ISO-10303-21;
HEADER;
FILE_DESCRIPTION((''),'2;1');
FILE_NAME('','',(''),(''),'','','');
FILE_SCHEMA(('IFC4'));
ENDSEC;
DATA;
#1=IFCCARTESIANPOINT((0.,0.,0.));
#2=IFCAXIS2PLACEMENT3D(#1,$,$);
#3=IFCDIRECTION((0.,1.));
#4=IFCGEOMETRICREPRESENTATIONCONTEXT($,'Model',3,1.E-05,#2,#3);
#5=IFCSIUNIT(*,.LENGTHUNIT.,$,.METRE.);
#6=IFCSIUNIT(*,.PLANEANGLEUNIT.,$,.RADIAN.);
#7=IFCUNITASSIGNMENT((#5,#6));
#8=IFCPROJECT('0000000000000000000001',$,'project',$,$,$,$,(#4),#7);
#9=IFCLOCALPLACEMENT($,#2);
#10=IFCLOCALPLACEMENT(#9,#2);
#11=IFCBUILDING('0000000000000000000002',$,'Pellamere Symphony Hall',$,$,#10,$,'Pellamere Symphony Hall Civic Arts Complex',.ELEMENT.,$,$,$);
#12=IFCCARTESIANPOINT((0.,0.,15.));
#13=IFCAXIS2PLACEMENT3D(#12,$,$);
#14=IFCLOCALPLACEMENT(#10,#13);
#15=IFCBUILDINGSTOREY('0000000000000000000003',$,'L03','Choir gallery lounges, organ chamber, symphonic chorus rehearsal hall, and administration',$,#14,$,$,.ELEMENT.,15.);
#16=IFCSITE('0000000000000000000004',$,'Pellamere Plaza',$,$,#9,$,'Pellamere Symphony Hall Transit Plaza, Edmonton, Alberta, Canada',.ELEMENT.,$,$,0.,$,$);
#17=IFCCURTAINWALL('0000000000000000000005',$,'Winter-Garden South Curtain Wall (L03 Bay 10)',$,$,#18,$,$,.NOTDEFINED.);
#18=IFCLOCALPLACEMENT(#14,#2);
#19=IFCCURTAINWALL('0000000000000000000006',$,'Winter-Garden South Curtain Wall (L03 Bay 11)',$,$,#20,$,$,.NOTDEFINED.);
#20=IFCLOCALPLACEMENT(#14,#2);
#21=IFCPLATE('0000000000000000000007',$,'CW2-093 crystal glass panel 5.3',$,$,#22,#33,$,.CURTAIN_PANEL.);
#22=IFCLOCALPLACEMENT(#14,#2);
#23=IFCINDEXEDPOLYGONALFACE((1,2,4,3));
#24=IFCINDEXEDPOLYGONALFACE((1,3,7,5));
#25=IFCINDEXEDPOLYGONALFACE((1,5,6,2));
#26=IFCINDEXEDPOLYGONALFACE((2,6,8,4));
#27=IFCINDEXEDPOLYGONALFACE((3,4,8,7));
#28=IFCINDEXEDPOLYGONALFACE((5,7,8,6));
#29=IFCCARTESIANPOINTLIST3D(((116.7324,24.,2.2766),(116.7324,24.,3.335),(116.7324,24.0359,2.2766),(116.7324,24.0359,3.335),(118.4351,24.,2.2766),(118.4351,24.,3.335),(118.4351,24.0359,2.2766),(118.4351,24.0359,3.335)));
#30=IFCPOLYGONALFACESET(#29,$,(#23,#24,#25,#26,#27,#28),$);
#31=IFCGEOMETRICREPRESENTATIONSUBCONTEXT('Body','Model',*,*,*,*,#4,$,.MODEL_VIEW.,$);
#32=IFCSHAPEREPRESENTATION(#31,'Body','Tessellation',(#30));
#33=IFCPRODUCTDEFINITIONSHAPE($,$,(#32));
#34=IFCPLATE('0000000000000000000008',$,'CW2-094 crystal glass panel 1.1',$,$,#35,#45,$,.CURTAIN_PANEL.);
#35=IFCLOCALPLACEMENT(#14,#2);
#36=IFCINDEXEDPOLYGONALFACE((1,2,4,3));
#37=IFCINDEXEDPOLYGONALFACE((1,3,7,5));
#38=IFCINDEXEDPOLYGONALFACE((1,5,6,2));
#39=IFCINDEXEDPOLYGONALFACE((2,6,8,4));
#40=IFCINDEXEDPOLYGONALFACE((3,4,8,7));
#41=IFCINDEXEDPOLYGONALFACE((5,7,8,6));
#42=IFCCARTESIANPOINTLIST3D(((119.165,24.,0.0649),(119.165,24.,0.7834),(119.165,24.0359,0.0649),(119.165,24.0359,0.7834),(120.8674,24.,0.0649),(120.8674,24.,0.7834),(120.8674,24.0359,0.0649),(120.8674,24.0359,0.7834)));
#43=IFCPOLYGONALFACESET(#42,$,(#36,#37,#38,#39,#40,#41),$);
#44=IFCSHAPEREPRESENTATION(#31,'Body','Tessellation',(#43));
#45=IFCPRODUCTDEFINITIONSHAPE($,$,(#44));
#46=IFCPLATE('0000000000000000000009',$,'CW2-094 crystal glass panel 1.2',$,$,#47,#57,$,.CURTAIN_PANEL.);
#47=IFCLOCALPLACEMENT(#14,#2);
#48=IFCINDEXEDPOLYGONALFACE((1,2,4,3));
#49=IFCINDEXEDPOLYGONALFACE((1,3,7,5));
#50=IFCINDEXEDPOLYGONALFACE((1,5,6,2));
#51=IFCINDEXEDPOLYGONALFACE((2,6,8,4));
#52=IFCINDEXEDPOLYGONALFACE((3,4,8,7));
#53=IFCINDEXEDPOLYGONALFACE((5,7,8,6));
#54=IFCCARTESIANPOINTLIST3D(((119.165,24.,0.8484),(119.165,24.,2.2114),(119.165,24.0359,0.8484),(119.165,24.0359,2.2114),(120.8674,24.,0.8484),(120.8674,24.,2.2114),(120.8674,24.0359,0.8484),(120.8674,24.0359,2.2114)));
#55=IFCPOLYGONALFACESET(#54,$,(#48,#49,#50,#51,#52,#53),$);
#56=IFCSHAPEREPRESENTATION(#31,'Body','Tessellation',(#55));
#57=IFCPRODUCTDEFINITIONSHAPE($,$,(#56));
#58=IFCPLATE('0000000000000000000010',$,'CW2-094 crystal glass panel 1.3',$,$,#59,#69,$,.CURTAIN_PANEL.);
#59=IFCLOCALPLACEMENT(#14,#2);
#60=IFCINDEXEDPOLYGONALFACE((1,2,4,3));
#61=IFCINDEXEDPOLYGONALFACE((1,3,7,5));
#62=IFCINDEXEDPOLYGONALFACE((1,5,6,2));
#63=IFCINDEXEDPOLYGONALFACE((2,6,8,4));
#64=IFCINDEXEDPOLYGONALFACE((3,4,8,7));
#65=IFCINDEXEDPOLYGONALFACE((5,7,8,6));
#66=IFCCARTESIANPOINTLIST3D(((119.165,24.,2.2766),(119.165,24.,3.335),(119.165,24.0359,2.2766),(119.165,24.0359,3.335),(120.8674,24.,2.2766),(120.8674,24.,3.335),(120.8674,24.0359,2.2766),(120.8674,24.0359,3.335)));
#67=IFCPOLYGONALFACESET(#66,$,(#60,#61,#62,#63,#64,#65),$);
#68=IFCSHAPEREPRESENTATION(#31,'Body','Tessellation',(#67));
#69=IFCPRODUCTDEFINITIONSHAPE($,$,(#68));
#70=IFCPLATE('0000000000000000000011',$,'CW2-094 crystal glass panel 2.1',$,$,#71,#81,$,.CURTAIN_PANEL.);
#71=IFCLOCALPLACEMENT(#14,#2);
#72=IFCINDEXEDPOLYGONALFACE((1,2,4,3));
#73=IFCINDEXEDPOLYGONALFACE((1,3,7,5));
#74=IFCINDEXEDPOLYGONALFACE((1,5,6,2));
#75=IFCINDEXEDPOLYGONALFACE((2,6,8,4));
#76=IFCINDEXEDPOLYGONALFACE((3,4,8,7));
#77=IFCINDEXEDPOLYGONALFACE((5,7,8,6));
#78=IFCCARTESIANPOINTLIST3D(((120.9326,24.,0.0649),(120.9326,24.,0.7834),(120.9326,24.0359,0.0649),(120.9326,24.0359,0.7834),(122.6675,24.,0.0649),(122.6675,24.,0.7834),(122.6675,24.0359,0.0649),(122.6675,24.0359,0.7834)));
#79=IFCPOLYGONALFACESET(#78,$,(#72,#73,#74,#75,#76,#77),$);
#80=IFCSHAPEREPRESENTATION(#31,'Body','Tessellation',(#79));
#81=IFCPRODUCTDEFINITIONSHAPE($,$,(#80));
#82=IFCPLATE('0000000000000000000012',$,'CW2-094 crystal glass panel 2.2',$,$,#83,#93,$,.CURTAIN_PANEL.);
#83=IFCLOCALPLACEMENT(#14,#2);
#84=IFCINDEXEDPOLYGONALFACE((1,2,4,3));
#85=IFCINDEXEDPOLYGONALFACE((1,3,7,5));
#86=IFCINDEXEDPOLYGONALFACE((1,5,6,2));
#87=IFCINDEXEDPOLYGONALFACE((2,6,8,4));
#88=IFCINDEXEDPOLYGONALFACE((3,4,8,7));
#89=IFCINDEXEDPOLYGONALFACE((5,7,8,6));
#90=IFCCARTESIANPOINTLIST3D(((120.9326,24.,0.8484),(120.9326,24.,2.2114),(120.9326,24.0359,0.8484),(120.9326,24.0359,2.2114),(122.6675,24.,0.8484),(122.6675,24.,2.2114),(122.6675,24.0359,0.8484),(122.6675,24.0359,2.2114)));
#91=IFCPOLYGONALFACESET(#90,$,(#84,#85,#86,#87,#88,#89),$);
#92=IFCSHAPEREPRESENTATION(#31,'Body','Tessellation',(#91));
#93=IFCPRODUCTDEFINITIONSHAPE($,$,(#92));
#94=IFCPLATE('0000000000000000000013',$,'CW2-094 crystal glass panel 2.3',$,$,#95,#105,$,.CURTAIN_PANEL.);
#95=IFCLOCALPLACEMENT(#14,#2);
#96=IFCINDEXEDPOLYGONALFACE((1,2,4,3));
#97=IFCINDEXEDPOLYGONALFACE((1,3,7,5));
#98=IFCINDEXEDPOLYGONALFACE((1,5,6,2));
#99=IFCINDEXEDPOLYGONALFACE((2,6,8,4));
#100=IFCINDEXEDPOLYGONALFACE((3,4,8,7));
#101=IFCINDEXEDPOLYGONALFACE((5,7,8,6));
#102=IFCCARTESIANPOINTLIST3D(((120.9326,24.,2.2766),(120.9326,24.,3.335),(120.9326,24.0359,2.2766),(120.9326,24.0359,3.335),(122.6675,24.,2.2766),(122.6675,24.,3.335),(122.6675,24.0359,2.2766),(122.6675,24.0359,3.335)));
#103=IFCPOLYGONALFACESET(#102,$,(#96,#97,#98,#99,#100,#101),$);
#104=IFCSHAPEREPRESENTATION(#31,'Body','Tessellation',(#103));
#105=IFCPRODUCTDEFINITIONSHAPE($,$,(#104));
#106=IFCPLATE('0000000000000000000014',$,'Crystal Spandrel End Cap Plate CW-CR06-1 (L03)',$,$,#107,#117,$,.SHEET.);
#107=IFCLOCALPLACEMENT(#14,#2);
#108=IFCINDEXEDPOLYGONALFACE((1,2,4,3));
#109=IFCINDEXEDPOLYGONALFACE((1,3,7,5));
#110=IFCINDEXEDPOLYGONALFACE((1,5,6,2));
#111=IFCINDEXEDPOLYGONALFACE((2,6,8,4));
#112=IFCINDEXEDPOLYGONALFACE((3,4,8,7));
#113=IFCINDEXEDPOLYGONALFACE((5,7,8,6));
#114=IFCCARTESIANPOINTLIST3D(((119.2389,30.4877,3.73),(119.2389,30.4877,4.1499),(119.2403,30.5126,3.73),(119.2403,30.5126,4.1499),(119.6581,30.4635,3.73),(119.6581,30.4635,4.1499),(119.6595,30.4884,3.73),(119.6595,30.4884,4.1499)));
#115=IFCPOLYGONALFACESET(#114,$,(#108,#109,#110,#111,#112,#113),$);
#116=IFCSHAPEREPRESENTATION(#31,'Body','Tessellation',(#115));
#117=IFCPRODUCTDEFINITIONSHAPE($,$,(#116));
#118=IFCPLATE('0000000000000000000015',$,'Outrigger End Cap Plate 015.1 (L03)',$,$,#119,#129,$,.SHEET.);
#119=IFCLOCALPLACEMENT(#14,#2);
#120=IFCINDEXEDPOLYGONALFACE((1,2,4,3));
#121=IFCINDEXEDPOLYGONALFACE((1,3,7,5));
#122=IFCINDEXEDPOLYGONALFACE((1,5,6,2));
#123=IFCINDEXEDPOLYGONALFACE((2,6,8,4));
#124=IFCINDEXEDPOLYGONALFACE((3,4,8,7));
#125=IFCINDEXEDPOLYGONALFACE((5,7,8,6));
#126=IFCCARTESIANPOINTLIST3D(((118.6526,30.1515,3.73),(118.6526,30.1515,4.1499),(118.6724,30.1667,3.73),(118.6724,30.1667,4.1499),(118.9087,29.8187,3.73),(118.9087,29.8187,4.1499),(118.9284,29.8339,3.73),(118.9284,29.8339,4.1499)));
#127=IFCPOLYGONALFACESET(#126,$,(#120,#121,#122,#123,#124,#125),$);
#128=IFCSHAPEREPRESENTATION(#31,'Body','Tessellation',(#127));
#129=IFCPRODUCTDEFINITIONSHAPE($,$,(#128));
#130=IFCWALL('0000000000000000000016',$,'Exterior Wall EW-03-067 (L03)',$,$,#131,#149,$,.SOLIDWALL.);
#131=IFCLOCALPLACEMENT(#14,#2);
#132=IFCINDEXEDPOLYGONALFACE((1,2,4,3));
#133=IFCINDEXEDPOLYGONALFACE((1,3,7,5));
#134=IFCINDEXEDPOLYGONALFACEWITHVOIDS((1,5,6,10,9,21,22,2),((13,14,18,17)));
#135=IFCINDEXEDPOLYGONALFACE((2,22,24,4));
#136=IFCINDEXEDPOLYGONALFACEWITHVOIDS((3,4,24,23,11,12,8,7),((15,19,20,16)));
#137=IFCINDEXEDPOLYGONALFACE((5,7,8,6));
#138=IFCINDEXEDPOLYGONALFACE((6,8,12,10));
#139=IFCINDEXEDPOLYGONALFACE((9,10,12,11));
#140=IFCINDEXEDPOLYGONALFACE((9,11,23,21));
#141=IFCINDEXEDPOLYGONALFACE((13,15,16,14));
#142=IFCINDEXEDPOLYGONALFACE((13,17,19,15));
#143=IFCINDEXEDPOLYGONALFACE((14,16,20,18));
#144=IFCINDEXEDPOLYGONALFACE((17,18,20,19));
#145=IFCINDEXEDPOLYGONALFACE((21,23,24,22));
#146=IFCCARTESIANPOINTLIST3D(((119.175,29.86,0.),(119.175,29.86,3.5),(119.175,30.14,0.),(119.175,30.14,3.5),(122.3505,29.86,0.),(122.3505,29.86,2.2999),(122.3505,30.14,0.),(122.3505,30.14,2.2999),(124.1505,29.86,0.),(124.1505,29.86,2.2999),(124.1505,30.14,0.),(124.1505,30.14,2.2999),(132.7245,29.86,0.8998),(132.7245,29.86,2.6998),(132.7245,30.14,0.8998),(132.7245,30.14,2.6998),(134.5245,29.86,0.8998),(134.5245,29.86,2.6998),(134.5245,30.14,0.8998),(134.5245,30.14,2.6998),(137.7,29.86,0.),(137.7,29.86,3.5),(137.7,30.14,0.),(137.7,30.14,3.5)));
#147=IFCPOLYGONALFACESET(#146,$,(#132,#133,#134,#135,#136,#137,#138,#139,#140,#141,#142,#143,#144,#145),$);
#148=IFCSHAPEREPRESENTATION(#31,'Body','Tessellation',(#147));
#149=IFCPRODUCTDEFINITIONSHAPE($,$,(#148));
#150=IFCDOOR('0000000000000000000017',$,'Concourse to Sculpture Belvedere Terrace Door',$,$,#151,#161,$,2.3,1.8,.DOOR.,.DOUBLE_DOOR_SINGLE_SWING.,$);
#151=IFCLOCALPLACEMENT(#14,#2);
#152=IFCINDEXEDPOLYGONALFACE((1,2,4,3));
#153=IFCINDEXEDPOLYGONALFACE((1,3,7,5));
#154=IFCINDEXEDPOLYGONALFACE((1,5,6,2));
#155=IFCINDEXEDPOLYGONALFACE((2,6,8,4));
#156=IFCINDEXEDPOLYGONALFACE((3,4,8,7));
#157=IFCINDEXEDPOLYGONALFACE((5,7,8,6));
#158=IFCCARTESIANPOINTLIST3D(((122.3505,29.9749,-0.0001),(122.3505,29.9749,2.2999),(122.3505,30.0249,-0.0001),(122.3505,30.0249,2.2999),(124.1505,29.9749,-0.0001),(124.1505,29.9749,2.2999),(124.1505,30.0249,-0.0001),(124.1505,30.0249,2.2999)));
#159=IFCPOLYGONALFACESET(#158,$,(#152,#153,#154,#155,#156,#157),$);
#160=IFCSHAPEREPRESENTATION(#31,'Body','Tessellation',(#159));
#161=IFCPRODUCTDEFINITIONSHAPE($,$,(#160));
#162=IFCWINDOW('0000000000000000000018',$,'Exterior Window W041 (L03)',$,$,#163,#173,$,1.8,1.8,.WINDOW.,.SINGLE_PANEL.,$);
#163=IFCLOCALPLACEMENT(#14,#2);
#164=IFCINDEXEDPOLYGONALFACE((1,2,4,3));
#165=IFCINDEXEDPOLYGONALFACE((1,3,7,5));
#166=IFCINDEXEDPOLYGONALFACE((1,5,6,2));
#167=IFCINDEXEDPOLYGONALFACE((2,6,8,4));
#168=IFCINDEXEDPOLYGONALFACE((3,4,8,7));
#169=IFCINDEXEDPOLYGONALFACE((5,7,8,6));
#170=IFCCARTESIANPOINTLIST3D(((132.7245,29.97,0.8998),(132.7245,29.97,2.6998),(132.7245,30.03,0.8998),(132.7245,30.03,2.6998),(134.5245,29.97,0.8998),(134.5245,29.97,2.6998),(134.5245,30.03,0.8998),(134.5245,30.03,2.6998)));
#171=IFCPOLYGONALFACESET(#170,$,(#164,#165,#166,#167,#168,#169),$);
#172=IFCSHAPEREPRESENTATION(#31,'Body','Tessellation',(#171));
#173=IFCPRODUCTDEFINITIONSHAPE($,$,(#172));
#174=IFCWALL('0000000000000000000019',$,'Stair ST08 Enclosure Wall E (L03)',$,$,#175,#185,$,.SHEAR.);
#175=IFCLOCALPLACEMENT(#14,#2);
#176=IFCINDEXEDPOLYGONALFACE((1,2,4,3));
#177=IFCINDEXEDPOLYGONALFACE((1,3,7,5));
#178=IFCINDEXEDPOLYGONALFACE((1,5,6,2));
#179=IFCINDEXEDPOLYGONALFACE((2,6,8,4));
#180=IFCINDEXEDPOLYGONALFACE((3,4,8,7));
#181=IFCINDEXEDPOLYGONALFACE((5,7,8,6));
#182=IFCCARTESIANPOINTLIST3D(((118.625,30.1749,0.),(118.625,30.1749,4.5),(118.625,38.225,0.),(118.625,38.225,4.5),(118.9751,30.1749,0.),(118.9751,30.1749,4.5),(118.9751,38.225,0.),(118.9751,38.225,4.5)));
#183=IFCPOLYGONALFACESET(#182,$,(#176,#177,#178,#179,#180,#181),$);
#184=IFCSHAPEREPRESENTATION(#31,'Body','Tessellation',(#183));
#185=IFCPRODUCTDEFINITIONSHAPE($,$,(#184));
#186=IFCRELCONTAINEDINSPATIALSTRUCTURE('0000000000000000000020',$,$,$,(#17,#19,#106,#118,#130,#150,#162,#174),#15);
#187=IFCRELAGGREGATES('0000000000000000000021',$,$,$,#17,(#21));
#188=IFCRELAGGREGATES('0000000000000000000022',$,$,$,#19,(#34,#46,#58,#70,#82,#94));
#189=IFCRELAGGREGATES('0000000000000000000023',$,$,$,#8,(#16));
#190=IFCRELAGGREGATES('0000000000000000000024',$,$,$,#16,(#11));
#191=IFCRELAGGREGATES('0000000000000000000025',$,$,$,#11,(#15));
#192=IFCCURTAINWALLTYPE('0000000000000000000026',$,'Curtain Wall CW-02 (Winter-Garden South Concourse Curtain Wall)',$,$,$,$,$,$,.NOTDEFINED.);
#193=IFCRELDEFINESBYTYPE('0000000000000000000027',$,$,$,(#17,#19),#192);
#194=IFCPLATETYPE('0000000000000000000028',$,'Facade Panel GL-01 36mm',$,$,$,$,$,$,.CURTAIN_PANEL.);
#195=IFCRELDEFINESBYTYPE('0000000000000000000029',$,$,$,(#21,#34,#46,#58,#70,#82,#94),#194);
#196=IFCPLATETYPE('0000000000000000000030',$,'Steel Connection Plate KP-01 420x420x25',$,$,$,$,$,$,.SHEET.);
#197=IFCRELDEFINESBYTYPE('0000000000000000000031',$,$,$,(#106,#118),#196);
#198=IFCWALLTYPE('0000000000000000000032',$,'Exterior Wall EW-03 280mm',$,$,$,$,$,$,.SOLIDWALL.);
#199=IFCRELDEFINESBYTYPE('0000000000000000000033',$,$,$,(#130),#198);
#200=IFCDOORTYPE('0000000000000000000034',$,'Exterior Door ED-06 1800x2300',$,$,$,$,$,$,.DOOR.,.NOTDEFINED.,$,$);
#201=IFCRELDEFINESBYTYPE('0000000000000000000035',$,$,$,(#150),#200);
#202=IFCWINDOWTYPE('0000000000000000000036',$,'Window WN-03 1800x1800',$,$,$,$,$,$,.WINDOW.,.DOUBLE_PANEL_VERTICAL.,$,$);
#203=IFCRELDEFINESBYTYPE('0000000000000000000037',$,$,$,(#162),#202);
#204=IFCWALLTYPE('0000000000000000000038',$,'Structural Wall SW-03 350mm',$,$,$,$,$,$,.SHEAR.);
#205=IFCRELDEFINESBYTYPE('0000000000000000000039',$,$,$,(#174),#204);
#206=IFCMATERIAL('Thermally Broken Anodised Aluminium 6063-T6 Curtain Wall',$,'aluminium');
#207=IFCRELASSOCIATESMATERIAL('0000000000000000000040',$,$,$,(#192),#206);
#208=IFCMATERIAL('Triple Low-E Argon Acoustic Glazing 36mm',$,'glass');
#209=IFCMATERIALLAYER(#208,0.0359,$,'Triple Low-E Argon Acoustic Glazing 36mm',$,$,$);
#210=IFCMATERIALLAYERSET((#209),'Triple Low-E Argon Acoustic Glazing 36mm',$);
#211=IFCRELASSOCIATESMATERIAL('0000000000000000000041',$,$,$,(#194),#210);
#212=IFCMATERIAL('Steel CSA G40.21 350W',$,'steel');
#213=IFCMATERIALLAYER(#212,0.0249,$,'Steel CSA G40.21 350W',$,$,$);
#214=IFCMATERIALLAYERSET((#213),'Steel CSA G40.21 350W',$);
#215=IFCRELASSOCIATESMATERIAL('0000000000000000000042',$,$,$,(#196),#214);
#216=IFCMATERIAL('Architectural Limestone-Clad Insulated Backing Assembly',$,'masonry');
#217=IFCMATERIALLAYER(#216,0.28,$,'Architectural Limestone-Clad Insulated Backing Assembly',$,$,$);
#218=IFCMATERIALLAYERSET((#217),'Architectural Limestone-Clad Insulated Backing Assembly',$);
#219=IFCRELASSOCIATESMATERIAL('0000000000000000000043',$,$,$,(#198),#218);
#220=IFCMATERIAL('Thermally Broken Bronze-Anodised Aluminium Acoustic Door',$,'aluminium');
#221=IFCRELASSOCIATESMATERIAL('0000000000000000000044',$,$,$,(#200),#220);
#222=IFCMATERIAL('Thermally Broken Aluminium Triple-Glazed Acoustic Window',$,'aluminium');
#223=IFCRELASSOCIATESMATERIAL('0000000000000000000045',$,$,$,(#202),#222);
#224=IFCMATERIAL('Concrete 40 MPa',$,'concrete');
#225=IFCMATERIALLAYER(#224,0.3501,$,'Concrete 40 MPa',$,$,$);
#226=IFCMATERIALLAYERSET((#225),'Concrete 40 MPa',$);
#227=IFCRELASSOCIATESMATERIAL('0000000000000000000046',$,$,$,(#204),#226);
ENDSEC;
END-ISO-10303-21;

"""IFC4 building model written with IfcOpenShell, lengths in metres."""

from ifc_helpers import new_model, si_unit, direction, frame, frame_2d, origin, origin_2d, place, context, subcontext, project, spatial, polyline, rectangle, outline, extrude, material, layer, layer_set, type_object, element, fill, aggregate, save


model = new_model("IFC4")

# Units and contexts
model_context = context("Model", 3, precision=1e-05, world=origin(), true_north=direction((0.0, 1.0)))
body_context = subcontext(model_context, "Body", "Model", "MODEL_VIEW")
ifc_project = project(units=[si_unit("LENGTHUNIT", "METRE"), si_unit("PLANEANGLEUNIT", "RADIAN")], contexts=[model_context])

# Site, building, storey
site_placement = place(None, origin())
site = spatial("IfcSite", under=ifc_project, at=site_placement, Name="Pellamere Plaza", LongName="Pellamere Symphony Hall Transit Plaza, Edmonton, Alberta, Canada", CompositionType="ELEMENT", RefElevation=0.0)
building_placement = place(site_placement, origin())
building = spatial("IfcBuilding", under=site, at=building_placement, Name="Pellamere Symphony Hall", LongName="Pellamere Symphony Hall Civic Arts Complex", CompositionType="ELEMENT")
storey_placement = place(building_placement, frame((0.0, 0.0, 15.0)))
storey = spatial("IfcBuildingStorey", under=building, at=storey_placement, Name="L03", Description="Choir gallery lounges, organ chamber, symphonic chorus rehearsal hall, and administration", CompositionType="ELEMENT", Elevation=15.0)

# Shared definitions
ifc_material_1 = material(Name="Concrete 40 MPa", Category="concrete")

# Curtain wall
ifc_material_2 = material(Name="Thermally Broken Anodised Aluminium 6063-T6 Curtain Wall", Category="aluminium")
curtain_wall_type = type_object("IfcCurtainWallType", Name="Curtain Wall CW-02 (Winter-Garden South Concourse Curtain Wall)", PredefinedType="NOTDEFINED", material=ifc_material_2)
curtain_wall_1_placement = place(storey_placement, origin())
curtain_wall_1 = element("IfcCurtainWall", 1, at=curtain_wall_1_placement, inside=storey, type_object=curtain_wall_type, Name="Winter-Garden South Curtain Wall (L03 Bay 10)", PredefinedType="NOTDEFINED")

# Curtain wall
curtain_wall_2_placement = place(storey_placement, origin())
curtain_wall_2 = element("IfcCurtainWall", 2, at=curtain_wall_2_placement, inside=storey, type_object=curtain_wall_type, Name="Winter-Garden South Curtain Wall (L03 Bay 11)", PredefinedType="NOTDEFINED")

# Shared definitions
ifc_material_3 = material(Name="Steel CSA G40.21 350W", Category="steel")

# Plates
ifc_material_4 = material(Name="Triple Low-E Argon Acoustic Glazing 36mm", Category="glass")
ifc_layer_1 = layer(ifc_material_4, 0.0359, Name="Triple Low-E Argon Acoustic Glazing 36mm")
ifc_layer_set_1 = layer_set([ifc_layer_1], Name="Triple Low-E Argon Acoustic Glazing 36mm")
plate_type_1 = type_object("IfcPlateType", Name="Facade Panel GL-01 36mm", PredefinedType="CURTAIN_PANEL", material=ifc_layer_set_1)
plate_1_placement = place(storey_placement, frame((116.7324, 24.0, 2.2766), z_axis=(0.0, -1.0, 0.0), x_axis=(1.0, 0.0, 0.0)))
plate_1 = element("IfcPlate", 3, at=plate_1_placement, type_object=plate_type_1, Name="CW2-093 crystal glass panel 5.3", PredefinedType="CURTAIN_PANEL", context=body_context, shape_type="SweptSolid", body=[
    extrude(outline(polyline([(0.0, 0.0), (1.7026, 0.0), (1.7026, 1.0583), (0.0, 1.0583), (0.0, 0.0)])), origin(), (0.0, 0.0, -1.0), 0.0359),
])
aggregate(curtain_wall_1, [plate_1])
plate_2_placement = place(storey_placement, frame((119.165, 24.0, 0.0649), z_axis=(0.0, -1.0, 0.0), x_axis=(1.0, 0.0, 0.0)))
plate_2 = element("IfcPlate", 4, at=plate_2_placement, type_object=plate_type_1, Name="CW2-094 crystal glass panel 1.1", PredefinedType="CURTAIN_PANEL", context=body_context, shape_type="SweptSolid", body=[
    extrude(outline(polyline([(0.0, 0.0), (1.7024, 0.0), (1.7024, 0.7185), (0.0, 0.7185), (0.0, 0.0)])), origin(), (0.0, 0.0, -1.0), 0.0359),
])
plate_3_placement = place(storey_placement, frame((119.165, 24.0, 0.8484), z_axis=(0.0, -1.0, 0.0), x_axis=(1.0, 0.0, 0.0)))
plate_3 = element("IfcPlate", 5, at=plate_3_placement, type_object=plate_type_1, Name="CW2-094 crystal glass panel 1.2", PredefinedType="CURTAIN_PANEL", context=body_context, shape_type="SweptSolid", body=[
    extrude(outline(polyline([(0.0, 0.0), (1.7024, 0.0), (1.7024, 1.363), (0.0, 1.363), (0.0, 0.0)])), origin(), (0.0, 0.0, -1.0), 0.0359),
])
plate_4_placement = place(storey_placement, frame((119.165, 24.0, 2.2766), z_axis=(0.0, -1.0, 0.0), x_axis=(1.0, 0.0, 0.0)))
plate_4 = element("IfcPlate", 6, at=plate_4_placement, type_object=plate_type_1, Name="CW2-094 crystal glass panel 1.3", PredefinedType="CURTAIN_PANEL", context=body_context, shape_type="SweptSolid", body=[
    extrude(outline(polyline([(0.0, 0.0), (1.7024, 0.0), (1.7024, 1.0583), (0.0, 1.0583), (0.0, 0.0)])), origin(), (0.0, 0.0, -1.0), 0.0359),
])
plate_5_placement = place(storey_placement, frame((120.9326, 24.0, 0.0649), z_axis=(0.0, -1.0, 0.0), x_axis=(1.0, 0.0, 0.0)))
plate_5 = element("IfcPlate", 7, at=plate_5_placement, type_object=plate_type_1, Name="CW2-094 crystal glass panel 2.1", PredefinedType="CURTAIN_PANEL", context=body_context, shape_type="SweptSolid", body=[
    extrude(outline(polyline([(0.0, 0.0), (1.7349, 0.0), (1.7349, 0.7185), (0.0, 0.7185), (0.0, 0.0)])), origin(), (0.0, 0.0, -1.0), 0.0359),
])
plate_6_placement = place(storey_placement, frame((120.9326, 24.0, 0.8484), z_axis=(0.0, -1.0, 0.0), x_axis=(1.0, 0.0, 0.0)))
plate_6 = element("IfcPlate", 8, at=plate_6_placement, type_object=plate_type_1, Name="CW2-094 crystal glass panel 2.2", PredefinedType="CURTAIN_PANEL", context=body_context, shape_type="SweptSolid", body=[
    extrude(outline(polyline([(0.0, 0.0), (1.7349, 0.0), (1.7349, 1.363), (0.0, 1.363), (0.0, 0.0)])), origin(), (0.0, 0.0, -1.0), 0.0359),
])
plate_7_placement = place(storey_placement, frame((120.9326, 24.0, 2.2766), z_axis=(0.0, -1.0, 0.0), x_axis=(1.0, 0.0, 0.0)))
plate_7 = element("IfcPlate", 9, at=plate_7_placement, type_object=plate_type_1, Name="CW2-094 crystal glass panel 2.3", PredefinedType="CURTAIN_PANEL", context=body_context, shape_type="SweptSolid", body=[
    extrude(outline(polyline([(0.0, 0.0), (1.7349, 0.0), (1.7349, 1.0583), (0.0, 1.0583), (0.0, 0.0)])), origin(), (0.0, 0.0, -1.0), 0.0359),
])
aggregate(curtain_wall_2, [plate_2, plate_3, plate_4, plate_5, plate_6, plate_7])

# Plates
ifc_layer_2 = layer(ifc_material_3, 0.0249, Name="Steel CSA G40.21 350W")
ifc_layer_set_2 = layer_set([ifc_layer_2], Name="Steel CSA G40.21 350W")
plate_type_2 = type_object("IfcPlateType", Name="Steel Connection Plate KP-01 420x420x25", PredefinedType="SHEET", material=ifc_layer_set_2)
for number, where, z_axis, x_axis, name in (
    (10, (119.4492, 30.488, 3.73), (0.0, 0.0, 1.0), (0.057564, 0.998342, 0.0), "Crystal Spandrel End Cap Plate CW-CR06-1 (L03)"),
    (11, (118.7905, 29.9927, 3.73), (0.0, 0.0, 1.0), (0.792609, 0.60973, 0.0), "Outrigger End Cap Plate 015.1 (L03)"),
):
    element("IfcPlate", number, at=place(storey_placement, frame(where, z_axis=z_axis, x_axis=x_axis)), inside=storey, type_object=plate_type_2, Name=name, PredefinedType="SHEET", context=body_context, shape_type="SweptSolid", body=[
        extrude(rectangle(XDim=0.0249, YDim=0.4199, at=origin_2d()), origin(), (0.0, 0.0, 1.0), 0.4199),
    ])

# Wall, openings, door, window
ifc_material_5 = material(Name="Architectural Limestone-Clad Insulated Backing Assembly", Category="masonry")
ifc_layer_3 = layer(ifc_material_5, 0.28, Name="Architectural Limestone-Clad Insulated Backing Assembly")
ifc_layer_set_3 = layer_set([ifc_layer_3], Name="Architectural Limestone-Clad Insulated Backing Assembly")
wall_type_1 = type_object("IfcWallType", Name="Exterior Wall EW-03 280mm", PredefinedType="SOLIDWALL", material=ifc_layer_set_3)
wall_1_placement = place(storey_placement, frame((119.175, 30.0, 0.0), z_axis=(0.0, 0.0, 1.0), x_axis=(1.0, 0.0, 0.0)))
wall_1 = element("IfcWall", 12, at=wall_1_placement, inside=storey, type_object=wall_type_1, Name="Exterior Wall EW-03-067 (L03)", PredefinedType="SOLIDWALL", context=body_context, shape_type="SweptSolid", body=[
    extrude(rectangle(XDim=18.5249, YDim=0.28, at=frame_2d((9.2625, 0.0))), origin(), (0.0, 0.0, 1.0), 3.5),
])
opening_1_placement = place(wall_1_placement, frame((13.5496, 0.0, 0.8999)))
opening_1 = element("IfcOpeningElement", 13, at=opening_1_placement, cuts=wall_1, PredefinedType="OPENING", context=body_context, shape_type="SweptSolid", body=[
    extrude(rectangle(XDim=1.8, YDim=1.8, at=frame_2d((0.8999, 0.8999))), frame((0.0, 0.1499, 0.0), z_axis=(0.0, -1.0, 0.0), x_axis=(1.0, 0.0, 0.0)), (0.0, 0.0, 1.0), 0.3),
])
opening_2_placement = place(wall_1_placement, frame((3.1755, 0.0, 0.0)))
opening_2 = element("IfcOpeningElement", 14, at=opening_2_placement, cuts=wall_1, PredefinedType="OPENING", context=body_context, shape_type="SweptSolid", body=[
    extrude(rectangle(XDim=1.8, YDim=2.3, at=frame_2d((0.8999, 1.1499))), frame((0.0, 0.1499, 0.0), z_axis=(0.0, -1.0, 0.0), x_axis=(1.0, 0.0, 0.0)), (0.0, 0.0, 1.0), 0.3),
])
ifc_material_6 = material(Name="Thermally Broken Bronze-Anodised Aluminium Acoustic Door", Category="aluminium")
door_type = type_object("IfcDoorType", Name="Exterior Door ED-06 1800x2300", OperationType="NOTDEFINED", PredefinedType="DOOR", material=ifc_material_6)
door_placement = place(opening_2_placement, origin())
door = element("IfcDoor", 15, at=door_placement, inside=storey, type_object=door_type, Name="Concourse to Sculpture Belvedere Terrace Door", OperationType="DOUBLE_DOOR_SINGLE_SWING", OverallHeight=2.3, OverallWidth=1.8, PredefinedType="DOOR", context=body_context, shape_type="SweptSolid", body=[
    extrude(rectangle(XDim=1.8, YDim=2.3, at=frame_2d((0.8999, 1.1499))), frame((0.0, 0.0249, 0.0), z_axis=(0.0, -1.0, 0.0), x_axis=(1.0, 0.0, 0.0)), (0.0, 0.0, 1.0), 0.05),
])
fill(opening_2, door)
ifc_material_7 = material(Name="Thermally Broken Aluminium Triple-Glazed Acoustic Window", Category="aluminium")
window_type = type_object("IfcWindowType", Name="Window WN-03 1800x1800", PartitioningType="DOUBLE_PANEL_VERTICAL", PredefinedType="WINDOW", material=ifc_material_7)
window_placement = place(opening_1_placement, origin())
window = element("IfcWindow", 16, at=window_placement, inside=storey, type_object=window_type, Name="Exterior Window W041 (L03)", OverallHeight=1.8, OverallWidth=1.8, PartitioningType="SINGLE_PANEL", PredefinedType="WINDOW", context=body_context, shape_type="SweptSolid", body=[
    extrude(rectangle(XDim=1.8, YDim=1.8, at=frame_2d((0.8999, 0.8999))), frame((0.0, 0.03, 0.0), z_axis=(0.0, -1.0, 0.0), x_axis=(1.0, 0.0, 0.0)), (0.0, 0.0, 1.0), 0.0601),
])
fill(opening_1, window)

# Wall
ifc_layer_4 = layer(ifc_material_1, 0.3501, Name="Concrete 40 MPa")
ifc_layer_set_4 = layer_set([ifc_layer_4], Name="Concrete 40 MPa")
wall_type_2 = type_object("IfcWallType", Name="Structural Wall SW-03 350mm", PredefinedType="SHEAR", material=ifc_layer_set_4)
wall_2_placement = place(storey_placement, frame((118.8, 30.175, 0.0), z_axis=(0.0, 0.0, 1.0), x_axis=(0.0, 1.0, 0.0)))
element("IfcWall", 17, at=wall_2_placement, inside=storey, type_object=wall_type_2, Name="Stair ST08 Enclosure Wall E (L03)", PredefinedType="SHEAR", context=body_context, shape_type="SweptSolid", body=[
    extrude(rectangle(XDim=8.05, YDim=0.3501, at=frame_2d((4.0249, 0.0))), origin(), (0.0, 0.0, 1.0), 4.5),
])

save(model, "model.ifc")
